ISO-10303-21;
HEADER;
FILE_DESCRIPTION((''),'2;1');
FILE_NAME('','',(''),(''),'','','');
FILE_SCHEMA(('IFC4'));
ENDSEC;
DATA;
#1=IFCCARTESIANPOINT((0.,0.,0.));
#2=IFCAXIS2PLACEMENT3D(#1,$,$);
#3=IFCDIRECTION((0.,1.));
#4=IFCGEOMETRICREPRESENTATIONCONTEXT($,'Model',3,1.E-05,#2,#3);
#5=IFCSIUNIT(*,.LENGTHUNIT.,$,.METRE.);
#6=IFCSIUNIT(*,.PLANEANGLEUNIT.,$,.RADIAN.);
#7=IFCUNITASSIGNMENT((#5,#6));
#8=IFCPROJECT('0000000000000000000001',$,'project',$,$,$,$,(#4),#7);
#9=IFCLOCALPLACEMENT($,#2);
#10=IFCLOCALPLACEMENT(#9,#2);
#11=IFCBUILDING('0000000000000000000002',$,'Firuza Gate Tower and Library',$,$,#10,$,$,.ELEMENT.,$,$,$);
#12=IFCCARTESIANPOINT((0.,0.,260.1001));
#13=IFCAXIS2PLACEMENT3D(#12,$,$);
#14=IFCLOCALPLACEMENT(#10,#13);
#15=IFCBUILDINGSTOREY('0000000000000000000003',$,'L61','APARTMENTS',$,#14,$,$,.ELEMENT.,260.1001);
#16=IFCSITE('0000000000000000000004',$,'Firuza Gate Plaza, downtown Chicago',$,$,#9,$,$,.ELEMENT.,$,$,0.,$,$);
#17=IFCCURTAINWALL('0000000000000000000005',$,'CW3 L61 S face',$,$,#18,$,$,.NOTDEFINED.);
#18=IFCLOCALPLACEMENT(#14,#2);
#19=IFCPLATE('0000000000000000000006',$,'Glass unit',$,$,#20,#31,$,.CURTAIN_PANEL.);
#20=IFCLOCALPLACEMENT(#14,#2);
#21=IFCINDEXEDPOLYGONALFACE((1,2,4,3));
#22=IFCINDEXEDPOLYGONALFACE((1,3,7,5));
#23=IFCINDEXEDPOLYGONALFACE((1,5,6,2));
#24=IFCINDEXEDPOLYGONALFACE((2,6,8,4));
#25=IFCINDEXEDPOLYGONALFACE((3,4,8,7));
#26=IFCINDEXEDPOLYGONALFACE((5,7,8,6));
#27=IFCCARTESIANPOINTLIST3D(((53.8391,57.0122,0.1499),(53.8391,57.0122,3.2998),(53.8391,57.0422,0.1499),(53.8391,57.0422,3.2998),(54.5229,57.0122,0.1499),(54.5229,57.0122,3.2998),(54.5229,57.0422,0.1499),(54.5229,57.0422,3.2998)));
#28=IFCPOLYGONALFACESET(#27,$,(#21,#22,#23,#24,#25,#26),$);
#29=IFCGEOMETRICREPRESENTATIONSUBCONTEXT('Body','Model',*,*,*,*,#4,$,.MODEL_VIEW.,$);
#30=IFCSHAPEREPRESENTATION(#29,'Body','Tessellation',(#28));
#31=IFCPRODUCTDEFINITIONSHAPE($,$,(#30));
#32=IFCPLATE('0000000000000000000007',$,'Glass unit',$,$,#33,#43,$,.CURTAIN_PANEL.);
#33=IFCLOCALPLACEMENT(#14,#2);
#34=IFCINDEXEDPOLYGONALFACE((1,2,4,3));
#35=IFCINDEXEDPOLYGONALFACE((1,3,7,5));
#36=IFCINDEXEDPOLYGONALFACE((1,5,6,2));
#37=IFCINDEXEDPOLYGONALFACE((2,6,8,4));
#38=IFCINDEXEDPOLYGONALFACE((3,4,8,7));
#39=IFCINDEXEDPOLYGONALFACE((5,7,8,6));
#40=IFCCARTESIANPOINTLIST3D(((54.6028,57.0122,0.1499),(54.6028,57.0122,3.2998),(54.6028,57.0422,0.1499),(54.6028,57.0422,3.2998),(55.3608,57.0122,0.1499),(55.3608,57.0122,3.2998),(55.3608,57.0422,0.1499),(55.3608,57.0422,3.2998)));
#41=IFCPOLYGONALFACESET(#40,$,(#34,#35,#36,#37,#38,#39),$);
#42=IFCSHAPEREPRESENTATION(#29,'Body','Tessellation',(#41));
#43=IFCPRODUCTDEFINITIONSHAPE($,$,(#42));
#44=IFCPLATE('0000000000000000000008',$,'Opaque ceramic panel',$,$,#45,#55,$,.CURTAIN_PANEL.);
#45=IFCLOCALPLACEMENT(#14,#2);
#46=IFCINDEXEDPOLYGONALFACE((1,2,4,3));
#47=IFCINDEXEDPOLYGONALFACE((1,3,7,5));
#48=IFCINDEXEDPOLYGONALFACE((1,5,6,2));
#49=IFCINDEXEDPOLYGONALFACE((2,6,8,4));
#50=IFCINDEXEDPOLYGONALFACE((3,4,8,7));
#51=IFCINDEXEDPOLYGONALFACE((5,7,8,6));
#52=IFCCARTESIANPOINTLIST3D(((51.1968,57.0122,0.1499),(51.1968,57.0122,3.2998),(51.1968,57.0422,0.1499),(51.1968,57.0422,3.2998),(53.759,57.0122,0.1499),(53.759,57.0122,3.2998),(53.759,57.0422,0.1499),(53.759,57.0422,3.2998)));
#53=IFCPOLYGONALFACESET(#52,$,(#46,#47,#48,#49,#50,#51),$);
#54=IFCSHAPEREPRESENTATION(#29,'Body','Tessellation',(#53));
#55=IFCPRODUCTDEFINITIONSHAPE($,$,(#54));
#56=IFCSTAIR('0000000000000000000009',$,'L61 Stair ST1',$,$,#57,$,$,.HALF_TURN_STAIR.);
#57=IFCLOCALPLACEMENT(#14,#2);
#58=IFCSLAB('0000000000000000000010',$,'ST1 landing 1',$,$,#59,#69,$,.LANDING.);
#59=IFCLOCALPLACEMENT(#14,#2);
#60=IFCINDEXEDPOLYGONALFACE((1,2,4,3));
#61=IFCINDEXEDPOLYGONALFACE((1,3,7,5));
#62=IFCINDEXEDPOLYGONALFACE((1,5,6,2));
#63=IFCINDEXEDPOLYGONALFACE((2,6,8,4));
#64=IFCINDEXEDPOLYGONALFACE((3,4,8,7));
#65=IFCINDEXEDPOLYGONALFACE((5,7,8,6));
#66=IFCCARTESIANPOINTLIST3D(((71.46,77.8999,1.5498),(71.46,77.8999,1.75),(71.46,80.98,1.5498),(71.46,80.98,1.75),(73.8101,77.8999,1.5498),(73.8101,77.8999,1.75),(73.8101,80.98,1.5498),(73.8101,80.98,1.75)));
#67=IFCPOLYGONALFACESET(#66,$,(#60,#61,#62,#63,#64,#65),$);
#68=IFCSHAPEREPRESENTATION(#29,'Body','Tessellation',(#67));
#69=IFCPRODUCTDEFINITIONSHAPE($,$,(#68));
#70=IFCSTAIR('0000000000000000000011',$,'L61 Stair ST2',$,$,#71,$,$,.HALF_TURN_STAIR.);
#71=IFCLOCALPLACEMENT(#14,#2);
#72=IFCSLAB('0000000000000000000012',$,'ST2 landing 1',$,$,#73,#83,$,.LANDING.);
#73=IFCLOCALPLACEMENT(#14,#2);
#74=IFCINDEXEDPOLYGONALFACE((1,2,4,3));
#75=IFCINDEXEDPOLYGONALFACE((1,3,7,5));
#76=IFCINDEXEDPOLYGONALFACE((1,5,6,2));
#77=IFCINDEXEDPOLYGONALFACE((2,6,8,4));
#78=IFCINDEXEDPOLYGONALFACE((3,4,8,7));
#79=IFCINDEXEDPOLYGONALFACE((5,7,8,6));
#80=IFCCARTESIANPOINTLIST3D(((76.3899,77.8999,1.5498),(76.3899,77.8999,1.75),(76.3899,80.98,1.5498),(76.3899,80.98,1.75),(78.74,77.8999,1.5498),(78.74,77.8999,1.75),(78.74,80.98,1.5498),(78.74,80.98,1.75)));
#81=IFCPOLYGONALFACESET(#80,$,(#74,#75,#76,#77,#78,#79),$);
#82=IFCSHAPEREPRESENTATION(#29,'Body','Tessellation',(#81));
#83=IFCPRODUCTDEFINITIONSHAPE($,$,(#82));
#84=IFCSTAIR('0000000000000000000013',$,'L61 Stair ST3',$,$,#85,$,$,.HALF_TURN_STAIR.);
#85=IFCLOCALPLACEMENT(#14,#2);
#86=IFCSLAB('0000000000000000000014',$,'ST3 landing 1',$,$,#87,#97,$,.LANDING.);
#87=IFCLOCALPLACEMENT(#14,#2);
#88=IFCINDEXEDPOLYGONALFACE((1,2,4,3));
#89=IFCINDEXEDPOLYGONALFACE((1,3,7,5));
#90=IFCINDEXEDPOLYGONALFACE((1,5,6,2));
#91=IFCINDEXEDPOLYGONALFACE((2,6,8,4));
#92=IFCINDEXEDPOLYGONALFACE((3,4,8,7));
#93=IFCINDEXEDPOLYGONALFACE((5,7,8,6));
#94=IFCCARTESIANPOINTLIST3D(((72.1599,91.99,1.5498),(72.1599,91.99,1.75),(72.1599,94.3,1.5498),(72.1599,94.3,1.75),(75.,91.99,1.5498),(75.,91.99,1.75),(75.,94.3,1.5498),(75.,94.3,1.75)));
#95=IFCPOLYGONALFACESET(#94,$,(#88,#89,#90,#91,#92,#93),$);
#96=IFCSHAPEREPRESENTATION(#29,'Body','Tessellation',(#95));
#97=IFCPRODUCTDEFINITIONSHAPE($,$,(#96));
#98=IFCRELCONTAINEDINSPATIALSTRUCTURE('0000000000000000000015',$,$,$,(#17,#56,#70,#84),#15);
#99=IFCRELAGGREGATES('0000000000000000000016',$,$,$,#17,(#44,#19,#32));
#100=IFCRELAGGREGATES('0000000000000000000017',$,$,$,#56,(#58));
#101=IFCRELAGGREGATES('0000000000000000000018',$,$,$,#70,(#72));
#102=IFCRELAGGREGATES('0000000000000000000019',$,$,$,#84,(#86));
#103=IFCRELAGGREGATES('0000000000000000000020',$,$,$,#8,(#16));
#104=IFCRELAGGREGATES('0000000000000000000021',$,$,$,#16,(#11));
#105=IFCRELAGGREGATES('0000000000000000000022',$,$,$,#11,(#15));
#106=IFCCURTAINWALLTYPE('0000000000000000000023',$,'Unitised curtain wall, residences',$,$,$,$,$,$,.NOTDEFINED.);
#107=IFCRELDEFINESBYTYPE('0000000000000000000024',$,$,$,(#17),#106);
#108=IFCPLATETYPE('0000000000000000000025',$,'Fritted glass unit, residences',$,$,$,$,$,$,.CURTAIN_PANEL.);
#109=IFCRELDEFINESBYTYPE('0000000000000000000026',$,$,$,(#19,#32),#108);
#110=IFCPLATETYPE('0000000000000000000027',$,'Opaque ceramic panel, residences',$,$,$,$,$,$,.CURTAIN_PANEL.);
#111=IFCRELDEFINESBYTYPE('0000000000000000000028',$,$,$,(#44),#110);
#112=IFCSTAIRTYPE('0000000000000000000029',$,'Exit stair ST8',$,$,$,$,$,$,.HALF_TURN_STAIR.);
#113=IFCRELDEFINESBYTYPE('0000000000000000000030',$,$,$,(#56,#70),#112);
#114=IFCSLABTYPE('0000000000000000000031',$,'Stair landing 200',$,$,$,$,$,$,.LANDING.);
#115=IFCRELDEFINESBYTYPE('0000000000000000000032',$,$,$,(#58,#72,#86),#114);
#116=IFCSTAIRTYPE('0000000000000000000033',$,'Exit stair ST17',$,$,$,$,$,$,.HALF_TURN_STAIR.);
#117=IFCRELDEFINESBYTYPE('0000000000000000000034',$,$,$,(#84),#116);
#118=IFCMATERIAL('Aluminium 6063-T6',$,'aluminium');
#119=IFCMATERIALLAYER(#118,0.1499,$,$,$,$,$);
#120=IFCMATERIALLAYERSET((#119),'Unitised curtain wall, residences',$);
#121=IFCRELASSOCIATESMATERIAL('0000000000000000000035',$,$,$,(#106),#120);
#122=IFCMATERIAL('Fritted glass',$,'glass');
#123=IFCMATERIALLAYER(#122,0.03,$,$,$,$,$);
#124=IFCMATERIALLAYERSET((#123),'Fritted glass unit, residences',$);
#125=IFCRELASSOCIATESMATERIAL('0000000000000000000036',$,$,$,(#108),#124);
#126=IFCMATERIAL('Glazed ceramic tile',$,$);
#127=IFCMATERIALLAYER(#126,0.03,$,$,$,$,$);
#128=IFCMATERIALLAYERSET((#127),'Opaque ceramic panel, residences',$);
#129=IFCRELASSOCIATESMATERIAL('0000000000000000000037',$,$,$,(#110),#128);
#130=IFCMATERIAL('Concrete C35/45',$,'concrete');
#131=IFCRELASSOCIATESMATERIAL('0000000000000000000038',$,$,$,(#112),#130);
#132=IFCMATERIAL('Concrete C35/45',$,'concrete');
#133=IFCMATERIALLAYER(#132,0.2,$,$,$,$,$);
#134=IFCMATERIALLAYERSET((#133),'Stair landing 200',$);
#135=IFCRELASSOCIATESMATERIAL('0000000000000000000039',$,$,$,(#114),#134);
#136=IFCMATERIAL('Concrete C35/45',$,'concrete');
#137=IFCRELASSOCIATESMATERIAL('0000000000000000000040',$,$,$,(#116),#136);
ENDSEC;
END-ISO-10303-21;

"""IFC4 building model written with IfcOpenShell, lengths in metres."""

from ifc_helpers import new_model, si_unit, direction, frame, origin, place, context, subcontext, project, spatial, polyline, outline, extrude, material, layer, layer_set, type_object, element, aggregate, save


model = new_model("IFC4")

# Units and contexts
model_context = context("Model", 3, precision=1e-05, world=origin(), true_north=direction((0.0, 1.0)))
body_context = subcontext(model_context, "Body", "Model", "MODEL_VIEW")
ifc_project = project(units=[si_unit("LENGTHUNIT", "METRE"), si_unit("PLANEANGLEUNIT", "RADIAN")], contexts=[model_context])

# Site, building, storey
site_placement = place(None, origin())
site = spatial("IfcSite", under=ifc_project, at=site_placement, Name="Firuza Gate Plaza, downtown Chicago", CompositionType="ELEMENT", RefElevation=0.0)
building_placement = place(site_placement, origin())
building = spatial("IfcBuilding", under=site, at=building_placement, Name="Firuza Gate Tower and Library", CompositionType="ELEMENT")
storey_placement = place(building_placement, frame((0.0, 0.0, 260.1001)))
storey = spatial("IfcBuildingStorey", under=building, at=storey_placement, Name="L61", Description="APARTMENTS", CompositionType="ELEMENT", Elevation=260.1001)

# Curtain wall
ifc_material_1 = material(Name="Aluminium 6063-T6", Category="aluminium")
ifc_layer_1 = layer(ifc_material_1, 0.1499)
ifc_layer_set_1 = layer_set([ifc_layer_1], Name="Unitised curtain wall, residences")
curtain_wall_type_1 = type_object("IfcCurtainWallType", Name="Unitised curtain wall, residences", PredefinedType="NOTDEFINED", material=ifc_layer_set_1)
placement_1 = place(storey_placement, origin())
curtain_wall_1 = element("IfcCurtainWall", 1, at=placement_1, inside=storey, type_object=curtain_wall_type_1, Name="CW3 L61 S face", PredefinedType="NOTDEFINED")

# Plates
ifc_material_2 = material(Name="Fritted glass", Category="glass")
ifc_layer_2 = layer(ifc_material_2, 0.03)
ifc_layer_set_2 = layer_set([ifc_layer_2], Name="Fritted glass unit, residences")
plate_type_1 = type_object("IfcPlateType", Name="Fritted glass unit, residences", PredefinedType="CURTAIN_PANEL", material=ifc_layer_set_2)
plate_1_placement = place(storey_placement, frame((53.8391, 57.0122, 0.1499), z_axis=(0.0, -1.0, 0.0), x_axis=(1.0, 0.0, 0.0)))
plate_1 = element("IfcPlate", 2, at=plate_1_placement, type_object=plate_type_1, Name="Glass unit", PredefinedType="CURTAIN_PANEL", context=body_context, shape_type="SweptSolid", body=[
    extrude(outline(polyline([(0.0, 0.0), (0.6838, 0.0), (0.6838, 3.1499), (0.0, 3.1499), (0.0, 0.0)])), origin(), (0.0, 0.0, -1.0), 0.03),
])
plate_2_placement = place(storey_placement, frame((54.6028, 57.0122, 0.1499), z_axis=(0.0, -1.0, 0.0), x_axis=(1.0, 0.0, 0.0)))
plate_2 = element("IfcPlate", 3, at=plate_2_placement, type_object=plate_type_1, Name="Glass unit", PredefinedType="CURTAIN_PANEL", context=body_context, shape_type="SweptSolid", body=[
    extrude(outline(polyline([(0.0, 0.0), (0.7581, 0.0), (0.7581, 3.1499), (0.0, 3.1499), (0.0, 0.0)])), origin(), (0.0, 0.0, -1.0), 0.03),
])
ifc_material_3 = material(Name="Glazed ceramic tile")
ifc_layer_3 = layer(ifc_material_3, 0.03)
ifc_layer_set_3 = layer_set([ifc_layer_3], Name="Opaque ceramic panel, residences")
plate_type_2 = type_object("IfcPlateType", Name="Opaque ceramic panel, residences", PredefinedType="CURTAIN_PANEL", material=ifc_layer_set_3)
plate_3_placement = place(storey_placement, frame((51.1968, 57.0122, 0.1499), z_axis=(0.0, -1.0, 0.0), x_axis=(1.0, 0.0, 0.0)))
plate_3 = element("IfcPlate", 4, at=plate_3_placement, type_object=plate_type_2, Name="Opaque ceramic panel", PredefinedType="CURTAIN_PANEL", context=body_context, shape_type="SweptSolid", body=[
    extrude(outline(polyline([(0.0, 0.0), (2.5623, 0.0), (2.5623, 3.1499), (0.0, 3.1499), (0.0, 0.0)])), origin(), (0.0, 0.0, -1.0), 0.03),
])
aggregate(curtain_wall_1, [plate_3, plate_1, plate_2])

# Stairs, slabs
ifc_material_4 = material(Name="Concrete C35/45", Category="concrete")
stair_type_1 = type_object("IfcStairType", Name="Exit stair ST8", PredefinedType="HALF_TURN_STAIR", material=ifc_material_4)
stair_1 = element("IfcStair", 5, at=placement_1, inside=storey, type_object=stair_type_1, Name="L61 Stair ST1", PredefinedType="HALF_TURN_STAIR")
ifc_material_5 = material(Name="Concrete C35/45", Category="concrete")
ifc_layer_4 = layer(ifc_material_5, 0.2)
ifc_layer_set_4 = layer_set([ifc_layer_4], Name="Stair landing 200")
slab_type_1 = type_object("IfcSlabType", Name="Stair landing 200", PredefinedType="LANDING", material=ifc_layer_set_4)
placement_2 = place(storey_placement, frame((0.0, 0.0, 1.5498)))
slab_1 = element("IfcSlab", 6, at=placement_2, type_object=slab_type_1, Name="ST1 landing 1", PredefinedType="LANDING", context=body_context, shape_type="SweptSolid", body=[
    extrude(outline(polyline([(71.46, 77.8999), (73.8101, 77.8999), (73.8101, 80.98), (71.46, 80.98), (71.46, 77.8999)])), origin(), (0.0, 0.0, 1.0), 0.2002),
])
aggregate(stair_1, [slab_1])
stair_2 = element("IfcStair", 7, at=placement_1, inside=storey, type_object=stair_type_1, Name="L61 Stair ST2", PredefinedType="HALF_TURN_STAIR")
slab_2 = element("IfcSlab", 8, at=placement_2, type_object=slab_type_1, Name="ST2 landing 1", PredefinedType="LANDING", context=body_context, shape_type="SweptSolid", body=[
    extrude(outline(polyline([(78.74, 80.98), (76.3899, 80.98), (76.3899, 77.8999), (78.74, 77.8999), (78.74, 80.98)])), origin(), (0.0, 0.0, 1.0), 0.2002),
])
aggregate(stair_2, [slab_2])
ifc_material_6 = material(Name="Concrete C35/45", Category="concrete")
stair_type_2 = type_object("IfcStairType", Name="Exit stair ST17", PredefinedType="HALF_TURN_STAIR", material=ifc_material_6)
stair_3 = element("IfcStair", 9, at=placement_1, inside=storey, type_object=stair_type_2, Name="L61 Stair ST3", PredefinedType="HALF_TURN_STAIR")
slab_3 = element("IfcSlab", 10, at=placement_2, type_object=slab_type_1, Name="ST3 landing 1", PredefinedType="LANDING", context=body_context, shape_type="SweptSolid", body=[
    extrude(outline(polyline([(75.0, 91.99), (75.0, 94.3), (72.1599, 94.3), (72.1599, 91.99), (75.0, 91.99)])), origin(), (0.0, 0.0, 1.0), 0.2002),
])
aggregate(stair_3, [slab_3])

save(model, "model.ifc")
